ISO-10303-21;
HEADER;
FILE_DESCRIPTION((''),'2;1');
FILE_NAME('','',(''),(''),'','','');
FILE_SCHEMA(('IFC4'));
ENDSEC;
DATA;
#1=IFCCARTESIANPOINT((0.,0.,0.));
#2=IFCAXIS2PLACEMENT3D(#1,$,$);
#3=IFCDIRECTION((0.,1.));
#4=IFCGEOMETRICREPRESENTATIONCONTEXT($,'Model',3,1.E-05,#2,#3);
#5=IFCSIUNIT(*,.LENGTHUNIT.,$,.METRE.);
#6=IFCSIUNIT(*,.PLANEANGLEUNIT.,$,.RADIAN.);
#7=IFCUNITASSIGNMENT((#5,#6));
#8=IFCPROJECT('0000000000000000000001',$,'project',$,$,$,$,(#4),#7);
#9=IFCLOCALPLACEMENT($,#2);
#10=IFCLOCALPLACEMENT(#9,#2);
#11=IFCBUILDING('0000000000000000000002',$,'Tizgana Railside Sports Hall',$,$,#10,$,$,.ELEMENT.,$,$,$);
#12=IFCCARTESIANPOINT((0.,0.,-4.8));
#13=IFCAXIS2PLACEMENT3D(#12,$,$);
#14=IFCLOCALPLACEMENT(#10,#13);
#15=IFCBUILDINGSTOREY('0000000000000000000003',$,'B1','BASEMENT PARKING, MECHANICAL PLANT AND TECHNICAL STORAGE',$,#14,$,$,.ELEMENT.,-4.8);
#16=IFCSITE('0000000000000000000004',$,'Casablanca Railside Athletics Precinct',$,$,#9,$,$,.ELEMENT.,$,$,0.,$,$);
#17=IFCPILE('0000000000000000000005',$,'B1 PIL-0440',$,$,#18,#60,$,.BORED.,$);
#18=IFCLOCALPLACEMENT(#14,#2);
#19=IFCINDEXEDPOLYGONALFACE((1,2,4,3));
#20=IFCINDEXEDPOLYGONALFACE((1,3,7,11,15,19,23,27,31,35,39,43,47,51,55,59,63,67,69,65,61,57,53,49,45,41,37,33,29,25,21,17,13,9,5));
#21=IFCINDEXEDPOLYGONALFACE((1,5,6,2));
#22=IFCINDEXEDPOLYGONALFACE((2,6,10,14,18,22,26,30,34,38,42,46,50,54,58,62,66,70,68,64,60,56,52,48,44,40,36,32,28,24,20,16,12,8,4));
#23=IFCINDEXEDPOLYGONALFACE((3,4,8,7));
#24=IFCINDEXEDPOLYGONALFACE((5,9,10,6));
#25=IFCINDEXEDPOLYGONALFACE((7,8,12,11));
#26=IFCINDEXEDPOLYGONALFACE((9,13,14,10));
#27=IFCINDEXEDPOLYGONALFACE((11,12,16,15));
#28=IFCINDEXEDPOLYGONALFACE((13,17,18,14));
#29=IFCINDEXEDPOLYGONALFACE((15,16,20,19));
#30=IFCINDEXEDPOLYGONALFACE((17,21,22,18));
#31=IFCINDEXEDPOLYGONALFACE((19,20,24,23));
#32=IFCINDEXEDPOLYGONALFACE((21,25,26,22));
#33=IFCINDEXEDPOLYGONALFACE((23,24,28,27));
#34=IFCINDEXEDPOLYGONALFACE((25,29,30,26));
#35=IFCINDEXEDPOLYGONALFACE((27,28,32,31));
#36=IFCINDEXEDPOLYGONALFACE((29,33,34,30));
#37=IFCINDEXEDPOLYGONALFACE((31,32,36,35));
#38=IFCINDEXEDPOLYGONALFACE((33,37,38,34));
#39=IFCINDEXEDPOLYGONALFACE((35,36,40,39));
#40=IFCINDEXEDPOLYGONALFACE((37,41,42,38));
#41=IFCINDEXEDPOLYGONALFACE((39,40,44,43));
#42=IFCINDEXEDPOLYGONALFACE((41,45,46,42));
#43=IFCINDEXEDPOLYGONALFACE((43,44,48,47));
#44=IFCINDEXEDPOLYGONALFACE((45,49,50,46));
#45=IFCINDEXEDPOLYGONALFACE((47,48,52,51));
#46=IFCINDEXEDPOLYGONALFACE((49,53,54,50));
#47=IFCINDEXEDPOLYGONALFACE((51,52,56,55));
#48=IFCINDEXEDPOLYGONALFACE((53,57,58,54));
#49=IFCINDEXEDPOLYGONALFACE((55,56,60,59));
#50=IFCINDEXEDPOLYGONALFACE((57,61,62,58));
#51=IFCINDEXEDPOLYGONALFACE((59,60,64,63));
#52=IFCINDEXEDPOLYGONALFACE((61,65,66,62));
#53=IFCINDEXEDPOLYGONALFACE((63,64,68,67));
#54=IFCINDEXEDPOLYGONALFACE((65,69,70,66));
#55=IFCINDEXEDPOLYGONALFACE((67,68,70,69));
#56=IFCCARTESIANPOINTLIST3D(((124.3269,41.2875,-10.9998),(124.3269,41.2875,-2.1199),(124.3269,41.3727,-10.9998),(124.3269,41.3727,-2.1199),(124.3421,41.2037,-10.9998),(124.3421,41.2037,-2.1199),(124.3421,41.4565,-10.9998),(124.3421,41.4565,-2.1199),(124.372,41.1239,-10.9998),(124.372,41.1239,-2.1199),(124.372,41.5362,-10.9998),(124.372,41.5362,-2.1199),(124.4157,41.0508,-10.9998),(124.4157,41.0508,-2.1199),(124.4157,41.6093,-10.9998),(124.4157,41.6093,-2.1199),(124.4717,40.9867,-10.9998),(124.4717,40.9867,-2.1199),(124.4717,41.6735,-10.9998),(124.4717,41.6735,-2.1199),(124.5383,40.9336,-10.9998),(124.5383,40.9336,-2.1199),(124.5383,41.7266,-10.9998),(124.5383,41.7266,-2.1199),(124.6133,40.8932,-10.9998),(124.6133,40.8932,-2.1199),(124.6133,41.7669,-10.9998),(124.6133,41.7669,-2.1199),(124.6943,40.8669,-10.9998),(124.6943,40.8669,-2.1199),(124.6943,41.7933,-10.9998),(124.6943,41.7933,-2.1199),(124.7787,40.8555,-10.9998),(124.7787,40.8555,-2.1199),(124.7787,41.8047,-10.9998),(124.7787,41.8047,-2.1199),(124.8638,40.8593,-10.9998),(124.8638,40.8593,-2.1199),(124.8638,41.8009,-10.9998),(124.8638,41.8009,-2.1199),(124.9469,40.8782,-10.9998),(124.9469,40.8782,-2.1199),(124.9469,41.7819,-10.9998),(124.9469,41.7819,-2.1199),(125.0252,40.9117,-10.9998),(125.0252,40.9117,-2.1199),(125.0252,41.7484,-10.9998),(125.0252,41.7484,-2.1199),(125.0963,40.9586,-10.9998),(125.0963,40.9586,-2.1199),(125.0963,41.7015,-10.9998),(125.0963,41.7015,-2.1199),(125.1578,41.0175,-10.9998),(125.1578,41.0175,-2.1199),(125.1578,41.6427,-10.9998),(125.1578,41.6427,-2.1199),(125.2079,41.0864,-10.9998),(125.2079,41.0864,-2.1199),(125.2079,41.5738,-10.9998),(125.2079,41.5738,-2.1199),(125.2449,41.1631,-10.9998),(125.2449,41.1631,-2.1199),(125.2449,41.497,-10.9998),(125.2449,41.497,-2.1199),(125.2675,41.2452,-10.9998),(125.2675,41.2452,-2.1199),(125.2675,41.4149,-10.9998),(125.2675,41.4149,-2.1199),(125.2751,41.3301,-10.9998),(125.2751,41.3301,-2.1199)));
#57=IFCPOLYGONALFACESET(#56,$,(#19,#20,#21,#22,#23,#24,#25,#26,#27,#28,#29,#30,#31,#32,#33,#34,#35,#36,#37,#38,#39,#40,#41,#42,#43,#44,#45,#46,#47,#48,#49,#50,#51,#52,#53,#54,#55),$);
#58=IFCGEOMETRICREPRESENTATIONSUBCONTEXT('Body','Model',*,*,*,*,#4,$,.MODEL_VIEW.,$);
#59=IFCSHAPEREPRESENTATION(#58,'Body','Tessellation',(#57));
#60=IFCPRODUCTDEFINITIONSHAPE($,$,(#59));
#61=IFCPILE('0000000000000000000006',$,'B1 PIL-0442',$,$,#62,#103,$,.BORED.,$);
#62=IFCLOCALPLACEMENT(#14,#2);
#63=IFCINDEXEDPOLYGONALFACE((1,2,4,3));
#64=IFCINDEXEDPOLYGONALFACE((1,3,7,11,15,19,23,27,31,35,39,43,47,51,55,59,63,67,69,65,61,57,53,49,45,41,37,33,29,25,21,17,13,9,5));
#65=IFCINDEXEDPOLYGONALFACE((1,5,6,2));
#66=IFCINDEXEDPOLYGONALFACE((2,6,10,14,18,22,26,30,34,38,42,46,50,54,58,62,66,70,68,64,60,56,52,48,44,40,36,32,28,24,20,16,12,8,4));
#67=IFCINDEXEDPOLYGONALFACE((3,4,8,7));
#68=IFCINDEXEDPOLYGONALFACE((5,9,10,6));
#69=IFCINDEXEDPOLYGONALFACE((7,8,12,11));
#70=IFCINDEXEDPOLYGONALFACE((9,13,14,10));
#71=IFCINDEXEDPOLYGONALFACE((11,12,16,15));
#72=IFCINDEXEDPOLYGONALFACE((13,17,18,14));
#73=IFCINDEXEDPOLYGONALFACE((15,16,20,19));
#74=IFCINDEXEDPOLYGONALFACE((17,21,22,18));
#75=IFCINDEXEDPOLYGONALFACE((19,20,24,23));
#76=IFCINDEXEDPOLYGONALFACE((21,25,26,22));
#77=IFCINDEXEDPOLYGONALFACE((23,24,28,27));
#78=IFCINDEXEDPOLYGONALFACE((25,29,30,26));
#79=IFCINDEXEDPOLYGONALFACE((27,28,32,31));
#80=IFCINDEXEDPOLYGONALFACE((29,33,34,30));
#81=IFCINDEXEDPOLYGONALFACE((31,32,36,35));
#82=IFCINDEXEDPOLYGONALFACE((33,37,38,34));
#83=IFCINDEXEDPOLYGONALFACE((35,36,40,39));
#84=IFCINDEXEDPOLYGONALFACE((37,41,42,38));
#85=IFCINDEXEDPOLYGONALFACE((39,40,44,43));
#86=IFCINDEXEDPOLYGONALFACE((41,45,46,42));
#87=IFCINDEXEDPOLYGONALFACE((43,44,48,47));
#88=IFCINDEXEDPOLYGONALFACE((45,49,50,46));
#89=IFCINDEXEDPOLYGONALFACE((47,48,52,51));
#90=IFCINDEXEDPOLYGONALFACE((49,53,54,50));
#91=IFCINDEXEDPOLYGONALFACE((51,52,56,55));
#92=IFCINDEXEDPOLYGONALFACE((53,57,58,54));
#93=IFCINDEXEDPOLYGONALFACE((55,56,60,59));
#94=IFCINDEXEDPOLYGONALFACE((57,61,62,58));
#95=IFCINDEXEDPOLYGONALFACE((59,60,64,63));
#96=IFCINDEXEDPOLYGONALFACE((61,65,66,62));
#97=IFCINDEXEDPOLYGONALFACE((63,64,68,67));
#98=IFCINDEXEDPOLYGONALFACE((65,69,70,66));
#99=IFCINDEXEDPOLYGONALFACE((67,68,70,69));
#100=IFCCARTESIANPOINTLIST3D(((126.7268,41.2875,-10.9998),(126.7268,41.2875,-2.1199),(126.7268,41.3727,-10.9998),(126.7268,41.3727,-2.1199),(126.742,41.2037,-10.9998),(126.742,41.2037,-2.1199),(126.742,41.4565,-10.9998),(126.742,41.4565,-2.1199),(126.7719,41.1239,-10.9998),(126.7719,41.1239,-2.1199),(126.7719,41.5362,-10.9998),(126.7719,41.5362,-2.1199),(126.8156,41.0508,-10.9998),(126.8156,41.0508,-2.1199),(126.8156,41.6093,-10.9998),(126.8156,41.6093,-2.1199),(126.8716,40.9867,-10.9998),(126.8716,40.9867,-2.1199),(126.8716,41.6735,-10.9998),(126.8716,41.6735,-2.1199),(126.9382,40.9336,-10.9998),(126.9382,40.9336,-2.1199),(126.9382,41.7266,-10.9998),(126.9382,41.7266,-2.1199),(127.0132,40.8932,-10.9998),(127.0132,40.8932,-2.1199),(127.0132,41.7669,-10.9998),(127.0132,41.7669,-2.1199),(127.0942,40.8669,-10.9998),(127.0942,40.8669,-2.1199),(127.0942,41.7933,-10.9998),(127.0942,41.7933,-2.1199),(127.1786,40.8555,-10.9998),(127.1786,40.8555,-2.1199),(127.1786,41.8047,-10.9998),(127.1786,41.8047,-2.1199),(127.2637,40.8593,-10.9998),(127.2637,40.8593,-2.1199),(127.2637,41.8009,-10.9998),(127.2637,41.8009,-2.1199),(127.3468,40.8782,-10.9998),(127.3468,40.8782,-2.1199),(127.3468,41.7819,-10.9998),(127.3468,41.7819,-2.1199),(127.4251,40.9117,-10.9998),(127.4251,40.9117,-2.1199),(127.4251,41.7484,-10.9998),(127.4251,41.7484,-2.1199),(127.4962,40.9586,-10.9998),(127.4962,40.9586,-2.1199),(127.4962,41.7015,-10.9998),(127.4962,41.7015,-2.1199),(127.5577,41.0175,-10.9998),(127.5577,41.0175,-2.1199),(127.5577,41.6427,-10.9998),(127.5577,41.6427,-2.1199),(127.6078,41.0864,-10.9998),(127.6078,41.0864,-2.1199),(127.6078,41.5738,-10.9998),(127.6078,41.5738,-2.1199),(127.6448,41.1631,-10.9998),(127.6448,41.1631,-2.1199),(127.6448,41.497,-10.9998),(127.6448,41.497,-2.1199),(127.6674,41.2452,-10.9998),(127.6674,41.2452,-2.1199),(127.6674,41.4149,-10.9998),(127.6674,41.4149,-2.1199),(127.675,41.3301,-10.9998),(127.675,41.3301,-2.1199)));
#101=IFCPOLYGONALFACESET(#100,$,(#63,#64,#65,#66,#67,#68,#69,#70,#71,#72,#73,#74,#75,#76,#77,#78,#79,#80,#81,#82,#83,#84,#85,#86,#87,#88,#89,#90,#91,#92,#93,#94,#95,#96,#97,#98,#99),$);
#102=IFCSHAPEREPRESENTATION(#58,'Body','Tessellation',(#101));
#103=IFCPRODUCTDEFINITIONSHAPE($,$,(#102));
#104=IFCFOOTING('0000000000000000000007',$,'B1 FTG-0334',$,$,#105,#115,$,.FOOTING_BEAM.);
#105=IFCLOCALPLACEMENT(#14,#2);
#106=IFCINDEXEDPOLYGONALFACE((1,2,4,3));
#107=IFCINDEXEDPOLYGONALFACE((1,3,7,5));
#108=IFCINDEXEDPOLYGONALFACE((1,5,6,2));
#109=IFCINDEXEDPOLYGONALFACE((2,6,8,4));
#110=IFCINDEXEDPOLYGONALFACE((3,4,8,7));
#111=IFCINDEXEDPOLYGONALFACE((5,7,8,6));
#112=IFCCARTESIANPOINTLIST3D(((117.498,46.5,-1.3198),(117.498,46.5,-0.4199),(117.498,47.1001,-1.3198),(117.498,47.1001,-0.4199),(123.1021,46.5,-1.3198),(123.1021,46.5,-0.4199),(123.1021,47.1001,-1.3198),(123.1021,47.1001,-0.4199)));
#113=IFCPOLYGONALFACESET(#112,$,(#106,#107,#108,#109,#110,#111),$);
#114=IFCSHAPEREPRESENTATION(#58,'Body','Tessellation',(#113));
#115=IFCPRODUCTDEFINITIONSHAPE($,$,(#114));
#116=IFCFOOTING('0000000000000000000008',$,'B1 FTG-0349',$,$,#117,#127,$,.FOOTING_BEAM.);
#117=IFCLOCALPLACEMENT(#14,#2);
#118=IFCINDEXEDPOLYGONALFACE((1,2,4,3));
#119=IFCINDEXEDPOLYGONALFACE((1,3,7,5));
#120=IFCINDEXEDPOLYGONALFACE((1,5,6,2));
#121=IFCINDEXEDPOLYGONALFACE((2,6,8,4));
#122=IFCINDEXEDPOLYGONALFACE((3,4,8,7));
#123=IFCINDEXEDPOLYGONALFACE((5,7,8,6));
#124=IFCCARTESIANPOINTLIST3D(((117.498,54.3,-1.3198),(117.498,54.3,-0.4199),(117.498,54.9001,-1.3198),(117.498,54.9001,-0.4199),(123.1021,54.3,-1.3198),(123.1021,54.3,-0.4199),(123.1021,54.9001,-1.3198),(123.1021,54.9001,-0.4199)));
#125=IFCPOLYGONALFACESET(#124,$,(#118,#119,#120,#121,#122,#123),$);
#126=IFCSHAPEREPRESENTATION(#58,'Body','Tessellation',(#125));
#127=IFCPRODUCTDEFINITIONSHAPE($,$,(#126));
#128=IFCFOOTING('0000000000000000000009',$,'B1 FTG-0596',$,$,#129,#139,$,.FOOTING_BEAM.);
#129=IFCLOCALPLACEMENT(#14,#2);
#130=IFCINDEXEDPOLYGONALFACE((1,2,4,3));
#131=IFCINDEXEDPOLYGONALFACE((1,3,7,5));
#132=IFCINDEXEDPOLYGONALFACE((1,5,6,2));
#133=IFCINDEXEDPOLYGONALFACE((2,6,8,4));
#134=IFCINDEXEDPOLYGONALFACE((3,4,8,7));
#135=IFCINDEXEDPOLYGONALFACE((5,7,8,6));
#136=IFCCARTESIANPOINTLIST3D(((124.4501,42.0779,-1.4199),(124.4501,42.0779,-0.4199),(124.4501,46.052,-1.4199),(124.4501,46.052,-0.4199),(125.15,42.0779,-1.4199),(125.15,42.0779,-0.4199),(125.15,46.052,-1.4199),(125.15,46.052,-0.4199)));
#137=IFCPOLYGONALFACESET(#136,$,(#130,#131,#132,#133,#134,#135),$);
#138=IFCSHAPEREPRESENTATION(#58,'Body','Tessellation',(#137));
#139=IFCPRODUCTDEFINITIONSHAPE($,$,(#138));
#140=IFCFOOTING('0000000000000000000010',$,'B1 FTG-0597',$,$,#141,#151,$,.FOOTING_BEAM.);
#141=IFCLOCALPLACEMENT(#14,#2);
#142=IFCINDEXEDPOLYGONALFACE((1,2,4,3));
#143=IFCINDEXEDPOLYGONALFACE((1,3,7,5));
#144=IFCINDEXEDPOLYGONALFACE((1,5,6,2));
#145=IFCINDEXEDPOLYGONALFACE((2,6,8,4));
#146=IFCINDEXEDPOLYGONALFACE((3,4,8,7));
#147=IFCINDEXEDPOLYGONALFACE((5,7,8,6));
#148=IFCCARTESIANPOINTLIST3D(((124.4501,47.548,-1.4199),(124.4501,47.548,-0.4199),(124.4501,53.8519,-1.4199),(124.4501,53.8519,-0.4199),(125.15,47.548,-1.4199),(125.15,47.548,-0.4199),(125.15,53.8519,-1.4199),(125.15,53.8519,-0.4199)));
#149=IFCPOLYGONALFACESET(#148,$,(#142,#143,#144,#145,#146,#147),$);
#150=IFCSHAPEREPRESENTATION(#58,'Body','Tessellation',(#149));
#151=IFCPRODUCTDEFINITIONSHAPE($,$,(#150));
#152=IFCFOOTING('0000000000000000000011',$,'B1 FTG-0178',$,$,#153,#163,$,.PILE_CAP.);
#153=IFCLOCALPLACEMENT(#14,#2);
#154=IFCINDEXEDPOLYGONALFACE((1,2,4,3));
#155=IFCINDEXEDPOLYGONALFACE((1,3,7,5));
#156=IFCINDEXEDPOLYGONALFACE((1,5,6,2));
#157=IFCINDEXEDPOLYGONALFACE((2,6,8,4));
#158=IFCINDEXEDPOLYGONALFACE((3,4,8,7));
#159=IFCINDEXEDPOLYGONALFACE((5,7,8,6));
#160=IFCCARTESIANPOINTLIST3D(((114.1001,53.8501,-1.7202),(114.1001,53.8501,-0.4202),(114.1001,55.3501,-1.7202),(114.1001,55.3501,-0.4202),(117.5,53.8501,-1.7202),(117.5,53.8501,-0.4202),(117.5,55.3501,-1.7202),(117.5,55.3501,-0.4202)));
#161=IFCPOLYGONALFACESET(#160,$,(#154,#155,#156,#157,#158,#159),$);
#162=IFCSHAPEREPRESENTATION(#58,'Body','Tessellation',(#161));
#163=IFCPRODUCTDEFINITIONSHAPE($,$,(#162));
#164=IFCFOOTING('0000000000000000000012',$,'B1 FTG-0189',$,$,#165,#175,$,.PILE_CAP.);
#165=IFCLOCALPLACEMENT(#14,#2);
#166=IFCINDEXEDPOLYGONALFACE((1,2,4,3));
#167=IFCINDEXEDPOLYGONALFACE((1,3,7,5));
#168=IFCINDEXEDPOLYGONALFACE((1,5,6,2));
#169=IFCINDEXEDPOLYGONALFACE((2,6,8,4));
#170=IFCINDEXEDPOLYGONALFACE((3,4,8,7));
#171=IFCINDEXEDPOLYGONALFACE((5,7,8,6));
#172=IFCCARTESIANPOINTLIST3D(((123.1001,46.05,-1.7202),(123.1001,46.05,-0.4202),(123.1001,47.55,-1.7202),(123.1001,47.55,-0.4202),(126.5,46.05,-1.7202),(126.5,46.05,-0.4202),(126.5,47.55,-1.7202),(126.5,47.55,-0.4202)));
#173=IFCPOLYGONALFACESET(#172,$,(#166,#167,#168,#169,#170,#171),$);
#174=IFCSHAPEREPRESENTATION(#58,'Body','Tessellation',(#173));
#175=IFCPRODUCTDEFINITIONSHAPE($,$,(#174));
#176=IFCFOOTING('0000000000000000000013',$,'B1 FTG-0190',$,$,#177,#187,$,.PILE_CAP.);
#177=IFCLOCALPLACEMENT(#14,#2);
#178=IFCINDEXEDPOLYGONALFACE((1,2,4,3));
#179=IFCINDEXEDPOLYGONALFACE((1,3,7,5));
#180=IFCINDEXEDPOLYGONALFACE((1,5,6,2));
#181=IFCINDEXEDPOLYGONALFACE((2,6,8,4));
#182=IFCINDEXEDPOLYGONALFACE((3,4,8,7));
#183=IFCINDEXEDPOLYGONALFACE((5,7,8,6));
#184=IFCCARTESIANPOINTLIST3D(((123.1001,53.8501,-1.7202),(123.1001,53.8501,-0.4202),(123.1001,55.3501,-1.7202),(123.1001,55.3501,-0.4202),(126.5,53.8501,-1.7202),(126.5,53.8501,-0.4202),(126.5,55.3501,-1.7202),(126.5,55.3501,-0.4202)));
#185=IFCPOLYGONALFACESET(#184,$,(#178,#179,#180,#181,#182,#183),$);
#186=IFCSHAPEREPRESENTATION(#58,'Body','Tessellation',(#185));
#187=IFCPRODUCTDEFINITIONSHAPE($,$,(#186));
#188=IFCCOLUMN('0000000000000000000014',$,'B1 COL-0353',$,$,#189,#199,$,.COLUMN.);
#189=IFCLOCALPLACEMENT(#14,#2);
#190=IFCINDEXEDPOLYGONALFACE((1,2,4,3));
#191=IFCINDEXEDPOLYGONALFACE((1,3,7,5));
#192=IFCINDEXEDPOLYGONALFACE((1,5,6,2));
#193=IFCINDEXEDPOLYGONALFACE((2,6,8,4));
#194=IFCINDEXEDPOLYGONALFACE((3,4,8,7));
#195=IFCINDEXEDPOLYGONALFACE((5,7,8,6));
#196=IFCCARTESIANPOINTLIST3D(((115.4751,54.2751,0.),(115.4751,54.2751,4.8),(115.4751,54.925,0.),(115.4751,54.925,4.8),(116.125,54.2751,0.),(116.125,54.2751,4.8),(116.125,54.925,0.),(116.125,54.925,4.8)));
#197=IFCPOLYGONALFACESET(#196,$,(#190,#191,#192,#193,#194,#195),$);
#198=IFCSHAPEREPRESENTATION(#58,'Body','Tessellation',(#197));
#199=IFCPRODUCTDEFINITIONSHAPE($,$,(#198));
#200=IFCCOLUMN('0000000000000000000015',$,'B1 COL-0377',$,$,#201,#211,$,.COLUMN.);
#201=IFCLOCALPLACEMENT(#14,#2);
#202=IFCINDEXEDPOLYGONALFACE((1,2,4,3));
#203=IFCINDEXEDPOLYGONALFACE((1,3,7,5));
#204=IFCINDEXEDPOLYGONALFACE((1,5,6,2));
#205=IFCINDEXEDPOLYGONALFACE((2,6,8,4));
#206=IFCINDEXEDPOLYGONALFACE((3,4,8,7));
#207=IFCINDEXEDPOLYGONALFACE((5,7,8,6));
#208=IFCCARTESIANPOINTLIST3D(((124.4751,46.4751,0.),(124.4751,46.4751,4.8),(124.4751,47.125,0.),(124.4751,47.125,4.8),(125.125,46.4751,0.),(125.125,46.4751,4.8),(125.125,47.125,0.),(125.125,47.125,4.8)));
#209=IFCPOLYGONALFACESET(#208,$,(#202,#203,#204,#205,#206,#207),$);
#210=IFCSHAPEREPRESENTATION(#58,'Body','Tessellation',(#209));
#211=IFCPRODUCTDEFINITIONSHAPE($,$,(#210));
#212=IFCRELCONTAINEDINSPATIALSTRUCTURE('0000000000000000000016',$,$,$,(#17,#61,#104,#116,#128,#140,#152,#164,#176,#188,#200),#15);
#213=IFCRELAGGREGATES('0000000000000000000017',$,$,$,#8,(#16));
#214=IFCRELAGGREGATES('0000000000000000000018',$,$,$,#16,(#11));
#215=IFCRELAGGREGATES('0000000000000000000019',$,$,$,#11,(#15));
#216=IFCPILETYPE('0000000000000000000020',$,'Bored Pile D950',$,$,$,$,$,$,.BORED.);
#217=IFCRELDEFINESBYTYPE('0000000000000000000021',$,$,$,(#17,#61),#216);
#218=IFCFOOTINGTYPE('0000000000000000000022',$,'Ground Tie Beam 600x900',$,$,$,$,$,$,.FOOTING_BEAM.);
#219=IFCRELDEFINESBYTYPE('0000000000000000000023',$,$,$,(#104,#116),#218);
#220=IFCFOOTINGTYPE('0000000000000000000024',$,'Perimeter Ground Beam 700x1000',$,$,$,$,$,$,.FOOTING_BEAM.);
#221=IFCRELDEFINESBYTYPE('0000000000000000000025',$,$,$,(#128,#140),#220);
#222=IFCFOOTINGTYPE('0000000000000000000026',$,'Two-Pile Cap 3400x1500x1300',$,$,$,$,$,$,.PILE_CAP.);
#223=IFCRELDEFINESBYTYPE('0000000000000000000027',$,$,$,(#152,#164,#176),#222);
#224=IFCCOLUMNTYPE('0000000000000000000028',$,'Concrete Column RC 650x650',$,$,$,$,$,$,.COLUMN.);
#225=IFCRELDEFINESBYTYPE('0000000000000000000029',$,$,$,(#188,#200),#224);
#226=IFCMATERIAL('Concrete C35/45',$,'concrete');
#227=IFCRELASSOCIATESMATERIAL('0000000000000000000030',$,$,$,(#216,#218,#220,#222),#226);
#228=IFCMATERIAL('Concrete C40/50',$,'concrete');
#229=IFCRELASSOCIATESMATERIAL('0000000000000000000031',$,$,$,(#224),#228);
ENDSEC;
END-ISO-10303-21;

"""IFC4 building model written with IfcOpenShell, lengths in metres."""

from ifc_helpers import new_model, si_unit, direction, frame, origin, origin_2d, place, context, subcontext, project, spatial, rectangle, circle, extrude, material, material_profile, profile_set, type_object, element, save


model = new_model("IFC4")

# Units and contexts
model_context = context("Model", 3, precision=1e-05, world=origin(), true_north=direction((0.0, 1.0)))
body_context = subcontext(model_context, "Body", "Model", "MODEL_VIEW")
ifc_project = project(units=[si_unit("LENGTHUNIT", "METRE"), si_unit("PLANEANGLEUNIT", "RADIAN")], contexts=[model_context])

# Site, building, storey
site_placement = place(None, origin())
site = spatial("IfcSite", under=ifc_project, at=site_placement, Name="Casablanca Railside Athletics Precinct", CompositionType="ELEMENT", RefElevation=0.0)
building_placement = place(site_placement, origin())
building = spatial("IfcBuilding", under=site, at=building_placement, Name="Tizgana Railside Sports Hall", CompositionType="ELEMENT")
storey_placement = place(building_placement, frame((0.0, 0.0, -4.8)))
storey = spatial("IfcBuildingStorey", under=building, at=storey_placement, Name="B1", Description="BASEMENT PARKING, MECHANICAL PLANT AND TECHNICAL STORAGE", CompositionType="ELEMENT", Elevation=-4.8)

# Piles
ifc_material_1 = material(Name="Concrete C35/45", Category="concrete")
ifc_material_profile_1 = material_profile(ifc_material_1, circle(Radius=0.4751, at=origin_2d()), Name="PILE D950")
ifc_profile_set_1 = profile_set([ifc_material_profile_1], Name="Concrete C35/45")
pile_type_1 = type_object("IfcPileType", Name="Bored Pile D950", PredefinedType="BORED", material=ifc_profile_set_1)
for number, where, z_axis, x_axis, name in (
    (1, (124.8, 41.3301, -2.1199), (0.0, 0.0, -1.0), (1.0, 0.0, 0.0), "B1 PIL-0440"),
    (2, (127.2, 41.3301, -2.1199), (0.0, 0.0, -1.0), (1.0, 0.0, 0.0), "B1 PIL-0442"),
):
    element("IfcPile", number, at=place(storey_placement, frame(where, z_axis=z_axis, x_axis=x_axis)), inside=storey, type_object=pile_type_1, Name=name, PredefinedType="BORED", context=body_context, shape_type="SweptSolid", body=[
        extrude(circle(Radius=0.4751, at=origin_2d()), origin(), (0.0, 0.0, 1.0), 8.8799),
    ])

# Footings
footing_type_1 = type_object("IfcFootingType", Name="Ground Tie Beam 600x900", PredefinedType="FOOTING_BEAM", material=ifc_material_1)
for number, where, z_axis, x_axis, name in (
    (3, (120.3, 46.8, -1.3198), (0.0, 0.0, 1.0), (1.0, 0.0, 0.0), "B1 FTG-0334"),
    (4, (120.3, 54.6001, -1.3198), (0.0, 0.0, 1.0), (1.0, 0.0, 0.0), "B1 FTG-0349"),
):
    element("IfcFooting", number, at=place(storey_placement, frame(where, z_axis=z_axis, x_axis=x_axis)), inside=storey, type_object=footing_type_1, Name=name, PredefinedType="FOOTING_BEAM", context=body_context, shape_type="SweptSolid", body=[
        extrude(rectangle(XDim=5.604, YDim=0.6001, at=origin_2d()), origin(), (0.0, 0.0, 1.0), 0.8999),
    ])
footing_type_2 = type_object("IfcFootingType", Name="Perimeter Ground Beam 700x1000", PredefinedType="FOOTING_BEAM", material=ifc_material_1)
footing_1_placement = place(storey_placement, frame((124.8, 44.0649, -1.4199), z_axis=(0.0, 0.0, 1.0), x_axis=(0.0, 1.0, 0.0)))
element("IfcFooting", 5, at=footing_1_placement, inside=storey, type_object=footing_type_2, Name="B1 FTG-0596", PredefinedType="FOOTING_BEAM", context=body_context, shape_type="SweptSolid", body=[
    extrude(rectangle(XDim=3.9741, YDim=0.7, at=origin_2d()), origin(), (0.0, 0.0, 1.0), 1.0),
])
footing_2_placement = place(storey_placement, frame((124.8, 50.7, -1.4199), z_axis=(0.0, 0.0, 1.0), x_axis=(0.0, 1.0, 0.0)))
element("IfcFooting", 6, at=footing_2_placement, inside=storey, type_object=footing_type_2, Name="B1 FTG-0597", PredefinedType="FOOTING_BEAM", context=body_context, shape_type="SweptSolid", body=[
    extrude(rectangle(XDim=6.304, YDim=0.7, at=origin_2d()), origin(), (0.0, 0.0, 1.0), 1.0),
])
footing_type_3 = type_object("IfcFootingType", Name="Two-Pile Cap 3400x1500x1300", PredefinedType="PILE_CAP", material=ifc_material_1)
for number, where, z_axis, x_axis, name in (
    (7, (115.8, 54.6001, -1.7202), (0.0, 0.0, 1.0), (1.0, 0.0, 0.0), "B1 FTG-0178"),
    (8, (124.8, 46.8, -1.7202), (0.0, 0.0, 1.0), (1.0, 0.0, 0.0), "B1 FTG-0189"),
    (9, (124.8, 54.6001, -1.7202), (0.0, 0.0, 1.0), (1.0, 0.0, 0.0), "B1 FTG-0190"),
):
    element("IfcFooting", number, at=place(storey_placement, frame(where, z_axis=z_axis, x_axis=x_axis)), inside=storey, type_object=footing_type_3, Name=name, PredefinedType="PILE_CAP", context=body_context, shape_type="SweptSolid", body=[
        extrude(rectangle(XDim=3.3999, YDim=1.5, at=origin_2d()), origin(), (0.0, 0.0, 1.0), 1.3),
    ])

# Columns
ifc_material_2 = material(Name="Concrete C40/50", Category="concrete")
ifc_material_profile_2 = material_profile(ifc_material_2, rectangle(XDim=0.6499, YDim=0.6499, at=origin_2d()), Name="RC 650x650")
ifc_profile_set_2 = profile_set([ifc_material_profile_2], Name="Concrete C40/50")
column_type_1 = type_object("IfcColumnType", Name="Concrete Column RC 650x650", PredefinedType="COLUMN", material=ifc_profile_set_2)
for number, where, z_axis, x_axis, name in (
    (10, (115.8, 54.6001, 0.0), (0.0, 0.0, 1.0), (1.0, 0.0, 0.0), "B1 COL-0353"),
    (11, (124.8, 46.8, 0.0), (0.0, 0.0, 1.0), (1.0, 0.0, 0.0), "B1 COL-0377"),
):
    element("IfcColumn", number, at=place(storey_placement, frame(where, z_axis=z_axis, x_axis=x_axis)), inside=storey, type_object=column_type_1, Name=name, PredefinedType="COLUMN", context=body_context, shape_type="SweptSolid", body=[
        extrude(rectangle(XDim=0.6499, YDim=0.6499, at=origin_2d()), origin(), (0.0, 0.0, 1.0), 4.8),
    ])

save(model, "model.ifc")
